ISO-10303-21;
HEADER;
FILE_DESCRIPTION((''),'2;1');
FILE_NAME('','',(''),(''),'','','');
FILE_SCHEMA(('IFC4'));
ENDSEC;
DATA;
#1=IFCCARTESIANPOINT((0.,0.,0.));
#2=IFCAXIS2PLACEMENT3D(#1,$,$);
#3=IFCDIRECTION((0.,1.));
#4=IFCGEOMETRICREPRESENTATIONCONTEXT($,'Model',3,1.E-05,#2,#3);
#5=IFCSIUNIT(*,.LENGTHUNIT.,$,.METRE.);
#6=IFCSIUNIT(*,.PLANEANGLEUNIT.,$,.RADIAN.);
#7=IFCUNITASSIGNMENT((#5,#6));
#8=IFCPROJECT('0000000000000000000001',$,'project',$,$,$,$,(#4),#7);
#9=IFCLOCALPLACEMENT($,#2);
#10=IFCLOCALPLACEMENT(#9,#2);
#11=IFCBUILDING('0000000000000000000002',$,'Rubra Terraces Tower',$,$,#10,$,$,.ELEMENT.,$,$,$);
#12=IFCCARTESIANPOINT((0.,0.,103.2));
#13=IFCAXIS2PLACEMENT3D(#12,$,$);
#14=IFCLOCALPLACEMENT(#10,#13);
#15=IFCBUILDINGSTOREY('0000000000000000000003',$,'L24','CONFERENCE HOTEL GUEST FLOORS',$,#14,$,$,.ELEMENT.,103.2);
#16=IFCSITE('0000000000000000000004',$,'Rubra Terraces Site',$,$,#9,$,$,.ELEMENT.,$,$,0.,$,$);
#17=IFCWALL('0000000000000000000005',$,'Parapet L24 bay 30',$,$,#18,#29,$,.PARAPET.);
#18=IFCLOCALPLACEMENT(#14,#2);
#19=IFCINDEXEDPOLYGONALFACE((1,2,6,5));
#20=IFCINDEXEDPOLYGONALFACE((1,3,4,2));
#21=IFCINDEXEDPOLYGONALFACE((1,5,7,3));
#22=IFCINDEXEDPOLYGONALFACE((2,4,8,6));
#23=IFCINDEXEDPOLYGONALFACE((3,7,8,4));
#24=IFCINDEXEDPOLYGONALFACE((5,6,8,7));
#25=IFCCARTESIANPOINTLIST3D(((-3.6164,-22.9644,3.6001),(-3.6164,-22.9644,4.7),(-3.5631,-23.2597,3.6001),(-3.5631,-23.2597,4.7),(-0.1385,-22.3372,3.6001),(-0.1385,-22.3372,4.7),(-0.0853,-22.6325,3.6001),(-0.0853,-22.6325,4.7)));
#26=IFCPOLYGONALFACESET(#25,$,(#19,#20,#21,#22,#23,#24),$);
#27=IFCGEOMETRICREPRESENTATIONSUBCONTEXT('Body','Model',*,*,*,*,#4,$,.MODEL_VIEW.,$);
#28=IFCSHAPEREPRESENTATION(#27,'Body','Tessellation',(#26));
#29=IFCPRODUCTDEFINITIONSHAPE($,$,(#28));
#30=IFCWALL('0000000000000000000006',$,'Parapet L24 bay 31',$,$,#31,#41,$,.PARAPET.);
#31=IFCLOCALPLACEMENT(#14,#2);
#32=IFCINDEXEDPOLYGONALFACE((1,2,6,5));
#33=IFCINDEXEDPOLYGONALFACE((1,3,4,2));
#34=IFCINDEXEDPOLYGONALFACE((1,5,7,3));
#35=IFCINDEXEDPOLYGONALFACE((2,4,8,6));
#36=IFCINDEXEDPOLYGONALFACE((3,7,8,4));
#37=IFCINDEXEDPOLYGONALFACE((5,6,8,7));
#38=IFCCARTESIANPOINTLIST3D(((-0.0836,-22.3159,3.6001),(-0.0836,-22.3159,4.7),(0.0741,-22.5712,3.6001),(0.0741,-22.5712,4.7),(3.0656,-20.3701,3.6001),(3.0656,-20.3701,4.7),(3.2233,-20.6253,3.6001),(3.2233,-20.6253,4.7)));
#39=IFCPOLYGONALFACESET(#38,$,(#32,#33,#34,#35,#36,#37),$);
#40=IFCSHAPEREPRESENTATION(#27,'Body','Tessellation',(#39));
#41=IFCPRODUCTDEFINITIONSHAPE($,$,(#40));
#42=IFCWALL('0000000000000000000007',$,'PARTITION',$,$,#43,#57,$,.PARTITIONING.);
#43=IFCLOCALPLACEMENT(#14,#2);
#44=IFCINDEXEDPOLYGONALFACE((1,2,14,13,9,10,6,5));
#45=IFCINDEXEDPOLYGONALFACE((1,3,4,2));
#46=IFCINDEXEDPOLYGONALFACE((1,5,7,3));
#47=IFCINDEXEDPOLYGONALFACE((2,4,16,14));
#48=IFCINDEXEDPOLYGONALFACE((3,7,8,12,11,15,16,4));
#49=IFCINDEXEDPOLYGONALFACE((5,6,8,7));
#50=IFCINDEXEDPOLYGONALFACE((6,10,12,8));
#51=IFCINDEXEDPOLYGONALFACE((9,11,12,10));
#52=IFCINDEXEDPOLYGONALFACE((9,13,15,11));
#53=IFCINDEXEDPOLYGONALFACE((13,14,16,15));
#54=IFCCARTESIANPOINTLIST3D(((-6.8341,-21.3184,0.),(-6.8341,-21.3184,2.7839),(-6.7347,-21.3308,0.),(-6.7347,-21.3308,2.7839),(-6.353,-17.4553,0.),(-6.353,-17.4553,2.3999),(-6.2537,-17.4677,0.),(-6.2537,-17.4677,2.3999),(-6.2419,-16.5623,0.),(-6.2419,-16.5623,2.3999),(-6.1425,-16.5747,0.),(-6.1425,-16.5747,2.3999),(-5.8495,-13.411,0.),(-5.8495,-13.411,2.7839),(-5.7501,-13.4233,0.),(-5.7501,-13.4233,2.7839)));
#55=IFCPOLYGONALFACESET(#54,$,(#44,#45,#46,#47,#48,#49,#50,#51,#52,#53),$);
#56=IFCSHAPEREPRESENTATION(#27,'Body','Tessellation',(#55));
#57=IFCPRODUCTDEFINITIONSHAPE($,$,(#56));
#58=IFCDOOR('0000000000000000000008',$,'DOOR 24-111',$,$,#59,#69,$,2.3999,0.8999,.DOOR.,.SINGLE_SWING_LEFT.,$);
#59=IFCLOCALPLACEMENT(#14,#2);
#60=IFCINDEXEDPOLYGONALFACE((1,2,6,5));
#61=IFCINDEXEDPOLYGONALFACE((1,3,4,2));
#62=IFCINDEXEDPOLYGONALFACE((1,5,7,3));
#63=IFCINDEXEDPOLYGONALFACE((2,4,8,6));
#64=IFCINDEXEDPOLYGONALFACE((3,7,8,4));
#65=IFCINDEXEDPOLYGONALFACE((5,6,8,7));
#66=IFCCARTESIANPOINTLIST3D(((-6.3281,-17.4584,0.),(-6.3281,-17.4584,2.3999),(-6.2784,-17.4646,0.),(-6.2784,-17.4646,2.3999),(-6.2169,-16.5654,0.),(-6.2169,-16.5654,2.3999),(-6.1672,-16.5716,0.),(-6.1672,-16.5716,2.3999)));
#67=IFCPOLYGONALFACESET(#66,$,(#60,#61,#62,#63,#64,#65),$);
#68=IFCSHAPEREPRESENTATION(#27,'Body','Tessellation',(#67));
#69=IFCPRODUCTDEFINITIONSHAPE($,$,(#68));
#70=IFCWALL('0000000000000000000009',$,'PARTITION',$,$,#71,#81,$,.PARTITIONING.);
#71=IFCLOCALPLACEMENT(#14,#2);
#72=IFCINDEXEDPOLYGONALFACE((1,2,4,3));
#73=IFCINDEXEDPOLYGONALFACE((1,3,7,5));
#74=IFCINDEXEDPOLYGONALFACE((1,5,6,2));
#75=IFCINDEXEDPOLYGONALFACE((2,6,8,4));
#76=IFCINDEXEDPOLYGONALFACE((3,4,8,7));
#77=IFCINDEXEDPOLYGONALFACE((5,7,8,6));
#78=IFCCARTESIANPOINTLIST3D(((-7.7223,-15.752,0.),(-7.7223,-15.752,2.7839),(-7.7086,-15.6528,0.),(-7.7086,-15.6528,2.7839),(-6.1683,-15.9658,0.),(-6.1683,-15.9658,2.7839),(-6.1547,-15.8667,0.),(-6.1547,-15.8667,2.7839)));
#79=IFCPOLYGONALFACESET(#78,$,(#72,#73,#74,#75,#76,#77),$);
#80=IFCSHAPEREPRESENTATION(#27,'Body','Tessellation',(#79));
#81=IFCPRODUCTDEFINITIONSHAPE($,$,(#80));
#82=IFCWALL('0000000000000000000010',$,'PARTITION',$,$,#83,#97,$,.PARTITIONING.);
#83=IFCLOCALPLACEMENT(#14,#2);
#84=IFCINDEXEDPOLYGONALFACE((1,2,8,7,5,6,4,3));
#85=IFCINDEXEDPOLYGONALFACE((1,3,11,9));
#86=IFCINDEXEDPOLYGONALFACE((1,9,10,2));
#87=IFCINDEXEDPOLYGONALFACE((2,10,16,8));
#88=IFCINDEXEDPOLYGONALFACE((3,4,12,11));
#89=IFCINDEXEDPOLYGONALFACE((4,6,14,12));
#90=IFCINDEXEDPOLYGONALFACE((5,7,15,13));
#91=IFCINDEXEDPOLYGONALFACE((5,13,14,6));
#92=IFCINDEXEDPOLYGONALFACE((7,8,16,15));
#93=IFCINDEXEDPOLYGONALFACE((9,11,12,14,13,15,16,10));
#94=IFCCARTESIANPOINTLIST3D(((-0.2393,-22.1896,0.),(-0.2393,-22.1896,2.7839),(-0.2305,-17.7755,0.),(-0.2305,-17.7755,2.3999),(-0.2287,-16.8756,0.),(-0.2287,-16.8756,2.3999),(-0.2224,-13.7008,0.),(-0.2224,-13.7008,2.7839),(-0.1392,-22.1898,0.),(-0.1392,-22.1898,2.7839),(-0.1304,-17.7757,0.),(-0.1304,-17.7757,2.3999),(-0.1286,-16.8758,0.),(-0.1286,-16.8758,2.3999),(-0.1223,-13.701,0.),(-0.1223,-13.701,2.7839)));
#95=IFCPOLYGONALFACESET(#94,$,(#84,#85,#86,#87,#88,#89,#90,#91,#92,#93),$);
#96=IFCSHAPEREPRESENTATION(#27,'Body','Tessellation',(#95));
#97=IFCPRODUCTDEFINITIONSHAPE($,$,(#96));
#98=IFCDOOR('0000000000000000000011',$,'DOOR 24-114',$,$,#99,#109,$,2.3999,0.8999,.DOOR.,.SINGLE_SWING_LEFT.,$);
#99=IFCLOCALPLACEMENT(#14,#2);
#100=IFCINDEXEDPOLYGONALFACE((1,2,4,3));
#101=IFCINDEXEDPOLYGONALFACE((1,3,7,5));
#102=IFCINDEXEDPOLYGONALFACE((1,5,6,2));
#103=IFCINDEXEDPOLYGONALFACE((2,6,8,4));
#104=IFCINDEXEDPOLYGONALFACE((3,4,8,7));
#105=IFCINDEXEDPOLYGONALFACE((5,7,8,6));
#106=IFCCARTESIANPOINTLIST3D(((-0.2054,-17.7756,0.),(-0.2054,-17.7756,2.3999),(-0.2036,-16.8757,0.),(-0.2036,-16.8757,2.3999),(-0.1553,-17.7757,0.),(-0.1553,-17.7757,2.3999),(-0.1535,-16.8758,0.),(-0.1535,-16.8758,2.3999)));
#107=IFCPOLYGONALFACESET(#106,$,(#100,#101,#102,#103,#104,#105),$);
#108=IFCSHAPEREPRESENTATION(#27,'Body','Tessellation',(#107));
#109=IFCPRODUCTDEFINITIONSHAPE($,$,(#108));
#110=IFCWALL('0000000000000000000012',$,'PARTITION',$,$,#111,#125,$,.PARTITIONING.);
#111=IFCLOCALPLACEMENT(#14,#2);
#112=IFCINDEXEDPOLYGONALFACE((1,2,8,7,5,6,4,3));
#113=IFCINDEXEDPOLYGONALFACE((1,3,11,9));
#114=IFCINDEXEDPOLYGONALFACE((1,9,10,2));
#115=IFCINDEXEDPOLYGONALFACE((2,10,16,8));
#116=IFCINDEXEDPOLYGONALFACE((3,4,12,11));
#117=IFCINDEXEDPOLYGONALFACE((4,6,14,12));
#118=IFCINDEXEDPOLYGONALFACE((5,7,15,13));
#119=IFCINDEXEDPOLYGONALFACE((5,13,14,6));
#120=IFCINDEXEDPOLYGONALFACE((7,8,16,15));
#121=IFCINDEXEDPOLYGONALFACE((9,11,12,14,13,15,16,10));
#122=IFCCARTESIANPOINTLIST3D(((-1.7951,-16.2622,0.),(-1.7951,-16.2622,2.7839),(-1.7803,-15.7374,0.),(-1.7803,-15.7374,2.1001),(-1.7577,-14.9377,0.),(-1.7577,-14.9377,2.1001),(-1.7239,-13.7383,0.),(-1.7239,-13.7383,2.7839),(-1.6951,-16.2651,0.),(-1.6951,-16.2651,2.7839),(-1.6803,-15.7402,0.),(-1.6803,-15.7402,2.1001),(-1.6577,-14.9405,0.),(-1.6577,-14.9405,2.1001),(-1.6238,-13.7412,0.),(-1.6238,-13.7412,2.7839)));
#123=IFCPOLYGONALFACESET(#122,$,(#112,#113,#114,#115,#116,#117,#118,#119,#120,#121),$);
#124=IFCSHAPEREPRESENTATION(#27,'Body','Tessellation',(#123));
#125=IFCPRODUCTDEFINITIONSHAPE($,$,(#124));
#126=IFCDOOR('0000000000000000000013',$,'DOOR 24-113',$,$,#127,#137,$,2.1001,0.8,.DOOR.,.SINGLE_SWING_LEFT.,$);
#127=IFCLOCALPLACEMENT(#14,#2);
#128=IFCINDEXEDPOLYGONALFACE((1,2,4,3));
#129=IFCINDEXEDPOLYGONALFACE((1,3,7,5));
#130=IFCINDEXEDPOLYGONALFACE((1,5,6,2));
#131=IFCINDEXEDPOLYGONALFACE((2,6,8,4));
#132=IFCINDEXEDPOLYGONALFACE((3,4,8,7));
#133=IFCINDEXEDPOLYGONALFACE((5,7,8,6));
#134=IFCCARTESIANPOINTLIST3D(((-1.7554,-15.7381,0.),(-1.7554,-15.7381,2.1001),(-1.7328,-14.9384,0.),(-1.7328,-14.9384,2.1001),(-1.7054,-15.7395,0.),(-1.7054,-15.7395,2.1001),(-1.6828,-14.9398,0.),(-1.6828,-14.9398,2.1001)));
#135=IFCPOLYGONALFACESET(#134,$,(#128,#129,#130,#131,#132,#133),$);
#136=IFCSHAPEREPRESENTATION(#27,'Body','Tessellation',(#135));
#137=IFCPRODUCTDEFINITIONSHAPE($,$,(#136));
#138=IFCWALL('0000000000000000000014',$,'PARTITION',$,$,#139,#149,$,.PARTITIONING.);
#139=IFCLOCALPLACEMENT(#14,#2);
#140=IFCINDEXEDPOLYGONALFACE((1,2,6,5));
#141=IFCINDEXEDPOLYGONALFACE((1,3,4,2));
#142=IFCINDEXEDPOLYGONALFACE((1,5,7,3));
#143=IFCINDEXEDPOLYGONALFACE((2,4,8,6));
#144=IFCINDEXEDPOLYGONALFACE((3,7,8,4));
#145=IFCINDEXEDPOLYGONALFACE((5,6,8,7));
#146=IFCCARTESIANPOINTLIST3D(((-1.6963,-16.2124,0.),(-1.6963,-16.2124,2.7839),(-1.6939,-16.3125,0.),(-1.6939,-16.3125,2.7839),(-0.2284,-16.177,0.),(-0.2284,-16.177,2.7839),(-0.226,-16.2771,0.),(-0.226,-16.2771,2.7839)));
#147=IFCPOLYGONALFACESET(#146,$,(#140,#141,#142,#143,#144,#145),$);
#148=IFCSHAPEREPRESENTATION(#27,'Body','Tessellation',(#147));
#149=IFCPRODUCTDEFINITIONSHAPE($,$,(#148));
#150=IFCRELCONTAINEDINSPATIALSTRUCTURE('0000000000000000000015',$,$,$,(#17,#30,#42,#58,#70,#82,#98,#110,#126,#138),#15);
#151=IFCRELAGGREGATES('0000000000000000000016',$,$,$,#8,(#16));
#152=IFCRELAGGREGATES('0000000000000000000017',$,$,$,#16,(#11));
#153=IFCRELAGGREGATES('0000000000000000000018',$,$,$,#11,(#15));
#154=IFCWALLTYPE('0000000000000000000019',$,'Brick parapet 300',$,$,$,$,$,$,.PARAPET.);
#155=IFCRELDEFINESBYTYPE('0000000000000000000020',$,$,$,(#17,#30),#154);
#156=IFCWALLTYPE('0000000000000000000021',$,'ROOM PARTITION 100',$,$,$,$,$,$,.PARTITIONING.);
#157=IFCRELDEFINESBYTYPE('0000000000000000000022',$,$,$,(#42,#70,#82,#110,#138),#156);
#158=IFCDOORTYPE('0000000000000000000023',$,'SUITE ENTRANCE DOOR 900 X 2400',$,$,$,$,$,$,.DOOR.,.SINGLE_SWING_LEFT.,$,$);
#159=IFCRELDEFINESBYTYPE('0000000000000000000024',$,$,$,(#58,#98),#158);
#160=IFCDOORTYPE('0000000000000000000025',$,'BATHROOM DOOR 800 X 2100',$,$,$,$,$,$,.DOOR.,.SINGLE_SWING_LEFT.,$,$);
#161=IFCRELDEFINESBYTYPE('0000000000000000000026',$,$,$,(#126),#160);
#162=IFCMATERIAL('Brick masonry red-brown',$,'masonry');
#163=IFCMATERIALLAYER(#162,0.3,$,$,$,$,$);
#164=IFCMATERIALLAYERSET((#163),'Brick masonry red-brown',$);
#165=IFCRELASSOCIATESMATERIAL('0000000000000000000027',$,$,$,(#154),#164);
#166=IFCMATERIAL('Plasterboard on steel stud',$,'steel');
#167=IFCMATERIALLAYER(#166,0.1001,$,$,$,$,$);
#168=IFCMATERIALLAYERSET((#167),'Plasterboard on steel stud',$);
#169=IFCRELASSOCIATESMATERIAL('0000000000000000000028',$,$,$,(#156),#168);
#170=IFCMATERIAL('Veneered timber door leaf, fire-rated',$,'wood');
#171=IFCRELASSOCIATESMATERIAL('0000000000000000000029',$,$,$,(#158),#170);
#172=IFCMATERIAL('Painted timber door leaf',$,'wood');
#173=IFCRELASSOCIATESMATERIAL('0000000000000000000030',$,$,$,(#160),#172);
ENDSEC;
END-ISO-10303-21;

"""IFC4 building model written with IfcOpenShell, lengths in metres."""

from ifc_helpers import new_model, si_unit, direction, frame, frame_2d, origin, place, context, subcontext, project, spatial, rectangle, extrude, material, layer, layer_set, type_object, element, fill, save


model = new_model("IFC4")

# Units and contexts
model_context = context("Model", 3, precision=1e-05, world=origin(), true_north=direction((0.0, 1.0)))
body_context = subcontext(model_context, "Body", "Model", "MODEL_VIEW")
ifc_project = project(units=[si_unit("LENGTHUNIT", "METRE"), si_unit("PLANEANGLEUNIT", "RADIAN")], contexts=[model_context])

# Site, building, storey
site_placement = place(None, origin())
site = spatial("IfcSite", under=ifc_project, at=site_placement, Name="Rubra Terraces Site", CompositionType="ELEMENT", RefElevation=0.0)
building_placement = place(site_placement, origin())
building = spatial("IfcBuilding", under=site, at=building_placement, Name="Rubra Terraces Tower", CompositionType="ELEMENT")
storey_placement = place(building_placement, frame((0.0, 0.0, 103.2)))
storey = spatial("IfcBuildingStorey", under=building, at=storey_placement, Name="L24", Description="CONFERENCE HOTEL GUEST FLOORS", CompositionType="ELEMENT", Elevation=103.2)

# Shared definitions
ifc_material_1 = material(Name="Brick masonry red-brown", Category="masonry")

# Walls
ifc_layer_1 = layer(ifc_material_1, 0.3)
ifc_layer_set_1 = layer_set([ifc_layer_1], Name="Brick masonry red-brown")
wall_type_1 = type_object("IfcWallType", Name="Brick parapet 300", PredefinedType="PARAPET", material=ifc_layer_set_1)
wall_1_placement = place(storey_placement, frame((-3.5898, -23.1121, 3.6001), z_axis=(0.0, 0.0, 1.0), x_axis=(0.984124, 0.177481, 0.0)))
element("IfcWall", 1, at=wall_1_placement, inside=storey, type_object=wall_type_1, Name="Parapet L24 bay 30", PredefinedType="PARAPET", context=body_context, shape_type="SweptSolid", body=[
    extrude(rectangle(XDim=3.5339, YDim=0.3, at=frame_2d((1.7671, 0.0))), origin(), (0.0, 0.0, 1.0), 1.0999),
])
wall_2_placement = place(storey_placement, frame((-0.0049, -22.4436, 3.6001), z_axis=(0.0, 0.0, 1.0), x_axis=(0.85071, 0.525635, 0.0)))
element("IfcWall", 2, at=wall_2_placement, inside=storey, type_object=wall_type_1, Name="Parapet L24 bay 31", PredefinedType="PARAPET", context=body_context, shape_type="SweptSolid", body=[
    extrude(rectangle(XDim=3.7019, YDim=0.3, at=frame_2d((1.8511, 0.0))), origin(), (0.0, 0.0, 1.0), 1.0999),
])

# Wall, opening, door
ifc_material_2 = material(Name="Plasterboard on steel stud", Category="steel")
ifc_layer_2 = layer(ifc_material_2, 0.1001)
ifc_layer_set_2 = layer_set([ifc_layer_2], Name="Plasterboard on steel stud")
wall_type_2 = type_object("IfcWallType", Name="ROOM PARTITION 100", PredefinedType="PARTITIONING", material=ifc_layer_set_2)
wall_3_placement = place(storey_placement, frame((-6.7844, -21.3247, 0.0), z_axis=(0.0, 0.0, 1.0), x_axis=(0.123563, 0.992337, 0.0)))
wall_3 = element("IfcWall", 3, at=wall_3_placement, inside=storey, type_object=wall_type_2, Name="PARTITION", PredefinedType="PARTITIONING", context=body_context, shape_type="SweptSolid", body=[
    extrude(rectangle(XDim=7.9685, YDim=0.1001, at=frame_2d((3.9844, 0.0))), origin(), (0.0, 0.0, 1.0), 2.7839),
])
opening_1_placement = place(wall_3_placement, frame((3.8931, 0.0, 0.0)))
opening_1 = element("IfcOpeningElement", 4, at=opening_1_placement, cuts=wall_3, PredefinedType="OPENING", context=body_context, shape_type="SweptSolid", body=[
    extrude(rectangle(XDim=0.8999, YDim=2.3999, at=frame_2d((0.45, 1.2))), frame((0.0, 0.0601, 0.0), z_axis=(0.0, -1.0, 0.0), x_axis=(1.0, 0.0, 0.0)), (0.0, 0.0, 1.0), 0.1201),
])
ifc_material_3 = material(Name="Veneered timber door leaf, fire-rated", Category="wood")
door_type_1 = type_object("IfcDoorType", Name="SUITE ENTRANCE DOOR 900 X 2400", OperationType="SINGLE_SWING_LEFT", PredefinedType="DOOR", material=ifc_material_3)
door_1_placement = place(opening_1_placement, origin())
door_1 = element("IfcDoor", 5, at=door_1_placement, inside=storey, type_object=door_type_1, Name="DOOR 24-111", OperationType="SINGLE_SWING_LEFT", OverallHeight=2.3999, OverallWidth=0.8999, PredefinedType="DOOR", context=body_context, shape_type="SweptSolid", body=[
    extrude(rectangle(XDim=0.8999, YDim=2.3999, at=frame_2d((0.45, 1.2))), frame((0.0, 0.0249, 0.0), z_axis=(0.0, -1.0, 0.0), x_axis=(1.0, 0.0, 0.0)), (0.0, 0.0, 1.0), 0.05),
])
fill(opening_1, door_1)

# Wall
wall_4_placement = place(storey_placement, frame((-7.7153, -15.7024, 0.0), z_axis=(0.0, 0.0, 1.0), x_axis=(0.990662, -0.136342, 0.0)))
element("IfcWall", 6, at=wall_4_placement, inside=storey, type_object=wall_type_2, Name="PARTITION", PredefinedType="PARTITIONING", context=body_context, shape_type="SweptSolid", body=[
    extrude(rectangle(XDim=1.5686, YDim=0.1001, at=frame_2d((0.7842, 0.0))), origin(), (0.0, 0.0, 1.0), 2.7839),
])

# Walls, openings, doors
wall_5_placement = place(storey_placement, frame((-0.1892, -22.1897, 0.0), z_axis=(0.0, 0.0, 1.0), x_axis=(0.001984, 0.999998, 0.0)))
wall_5 = element("IfcWall", 7, at=wall_5_placement, inside=storey, type_object=wall_type_2, Name="PARTITION", PredefinedType="PARTITIONING", context=body_context, shape_type="SweptSolid", body=[
    extrude(rectangle(XDim=8.4888, YDim=0.1001, at=frame_2d((4.2444, 0.0))), origin(), (0.0, 0.0, 1.0), 2.7839),
])
opening_2_placement = place(wall_5_placement, frame((4.4141, 0.0, 0.0)))
opening_2 = element("IfcOpeningElement", 8, at=opening_2_placement, cuts=wall_5, PredefinedType="OPENING", context=body_context, shape_type="SweptSolid", body=[
    extrude(rectangle(XDim=0.8999, YDim=2.3999, at=frame_2d((0.45, 1.2))), frame((0.0, 0.0601, 0.0), z_axis=(0.0, -1.0, 0.0), x_axis=(1.0, 0.0, 0.0)), (0.0, 0.0, 1.0), 0.1201),
])
door_2_placement = place(opening_2_placement, origin())
door_2 = element("IfcDoor", 9, at=door_2_placement, inside=storey, type_object=door_type_1, Name="DOOR 24-114", OperationType="SINGLE_SWING_LEFT", OverallHeight=2.3999, OverallWidth=0.8999, PredefinedType="DOOR", context=body_context, shape_type="SweptSolid", body=[
    extrude(rectangle(XDim=0.8999, YDim=2.3999, at=frame_2d((0.45, 1.2))), frame((0.0, 0.0249, 0.0), z_axis=(0.0, -1.0, 0.0), x_axis=(1.0, 0.0, 0.0)), (0.0, 0.0, 1.0), 0.05),
])
fill(opening_2, door_2)
wall_6_placement = place(storey_placement, frame((-1.6738, -13.7397, 0.0), z_axis=(0.0, 0.0, 1.0), x_axis=(-0.028234, -0.999601, 0.0)))
wall_6 = element("IfcWall", 10, at=wall_6_placement, inside=storey, type_object=wall_type_2, Name="PARTITION", PredefinedType="PARTITIONING", context=body_context, shape_type="SweptSolid", body=[
    extrude(rectangle(XDim=2.5249, YDim=0.1001, at=frame_2d((1.2625, 0.0))), origin(), (0.0, 0.0, 1.0), 2.7839),
])
opening_3_placement = place(wall_6_placement, frame((1.2, 0.0, 0.0)))
opening_3 = element("IfcOpeningElement", 11, at=opening_3_placement, cuts=wall_6, PredefinedType="OPENING", context=body_context, shape_type="SweptSolid", body=[
    extrude(rectangle(XDim=0.8, YDim=2.1001, at=frame_2d((0.3999, 1.05))), frame((0.0, 0.0601, 0.0), z_axis=(0.0, -1.0, 0.0), x_axis=(1.0, 0.0, 0.0)), (0.0, 0.0, 1.0), 0.1201),
])
ifc_material_4 = material(Name="Painted timber door leaf", Category="wood")
door_type_2 = type_object("IfcDoorType", Name="BATHROOM DOOR 800 X 2100", OperationType="SINGLE_SWING_LEFT", PredefinedType="DOOR", material=ifc_material_4)
door_3_placement = place(opening_3_placement, origin())
door_3 = element("IfcDoor", 12, at=door_3_placement, inside=storey, type_object=door_type_2, Name="DOOR 24-113", OperationType="SINGLE_SWING_LEFT", OverallHeight=2.1001, OverallWidth=0.8, PredefinedType="DOOR", context=body_context, shape_type="SweptSolid", body=[
    extrude(rectangle(XDim=0.8, YDim=2.1001, at=frame_2d((0.3999, 1.05))), frame((0.0, 0.0249, 0.0), z_axis=(0.0, -1.0, 0.0), x_axis=(1.0, 0.0, 0.0)), (0.0, 0.0, 1.0), 0.05),
])
fill(opening_3, door_3)

# Wall
wall_7_placement = place(storey_placement, frame((-1.6951, -16.2625, 0.0), z_axis=(0.0, 0.0, 1.0), x_axis=(0.999709, 0.024111, 0.0)))
element("IfcWall", 13, at=wall_7_placement, inside=storey, type_object=wall_type_2, Name="PARTITION", PredefinedType="PARTITIONING", context=body_context, shape_type="SweptSolid", body=[
    extrude(rectangle(XDim=1.4683, YDim=0.1001, at=frame_2d((0.7341, 0.0))), origin(), (0.0, 0.0, 1.0), 2.7839),
])

save(model, "model.ifc")
